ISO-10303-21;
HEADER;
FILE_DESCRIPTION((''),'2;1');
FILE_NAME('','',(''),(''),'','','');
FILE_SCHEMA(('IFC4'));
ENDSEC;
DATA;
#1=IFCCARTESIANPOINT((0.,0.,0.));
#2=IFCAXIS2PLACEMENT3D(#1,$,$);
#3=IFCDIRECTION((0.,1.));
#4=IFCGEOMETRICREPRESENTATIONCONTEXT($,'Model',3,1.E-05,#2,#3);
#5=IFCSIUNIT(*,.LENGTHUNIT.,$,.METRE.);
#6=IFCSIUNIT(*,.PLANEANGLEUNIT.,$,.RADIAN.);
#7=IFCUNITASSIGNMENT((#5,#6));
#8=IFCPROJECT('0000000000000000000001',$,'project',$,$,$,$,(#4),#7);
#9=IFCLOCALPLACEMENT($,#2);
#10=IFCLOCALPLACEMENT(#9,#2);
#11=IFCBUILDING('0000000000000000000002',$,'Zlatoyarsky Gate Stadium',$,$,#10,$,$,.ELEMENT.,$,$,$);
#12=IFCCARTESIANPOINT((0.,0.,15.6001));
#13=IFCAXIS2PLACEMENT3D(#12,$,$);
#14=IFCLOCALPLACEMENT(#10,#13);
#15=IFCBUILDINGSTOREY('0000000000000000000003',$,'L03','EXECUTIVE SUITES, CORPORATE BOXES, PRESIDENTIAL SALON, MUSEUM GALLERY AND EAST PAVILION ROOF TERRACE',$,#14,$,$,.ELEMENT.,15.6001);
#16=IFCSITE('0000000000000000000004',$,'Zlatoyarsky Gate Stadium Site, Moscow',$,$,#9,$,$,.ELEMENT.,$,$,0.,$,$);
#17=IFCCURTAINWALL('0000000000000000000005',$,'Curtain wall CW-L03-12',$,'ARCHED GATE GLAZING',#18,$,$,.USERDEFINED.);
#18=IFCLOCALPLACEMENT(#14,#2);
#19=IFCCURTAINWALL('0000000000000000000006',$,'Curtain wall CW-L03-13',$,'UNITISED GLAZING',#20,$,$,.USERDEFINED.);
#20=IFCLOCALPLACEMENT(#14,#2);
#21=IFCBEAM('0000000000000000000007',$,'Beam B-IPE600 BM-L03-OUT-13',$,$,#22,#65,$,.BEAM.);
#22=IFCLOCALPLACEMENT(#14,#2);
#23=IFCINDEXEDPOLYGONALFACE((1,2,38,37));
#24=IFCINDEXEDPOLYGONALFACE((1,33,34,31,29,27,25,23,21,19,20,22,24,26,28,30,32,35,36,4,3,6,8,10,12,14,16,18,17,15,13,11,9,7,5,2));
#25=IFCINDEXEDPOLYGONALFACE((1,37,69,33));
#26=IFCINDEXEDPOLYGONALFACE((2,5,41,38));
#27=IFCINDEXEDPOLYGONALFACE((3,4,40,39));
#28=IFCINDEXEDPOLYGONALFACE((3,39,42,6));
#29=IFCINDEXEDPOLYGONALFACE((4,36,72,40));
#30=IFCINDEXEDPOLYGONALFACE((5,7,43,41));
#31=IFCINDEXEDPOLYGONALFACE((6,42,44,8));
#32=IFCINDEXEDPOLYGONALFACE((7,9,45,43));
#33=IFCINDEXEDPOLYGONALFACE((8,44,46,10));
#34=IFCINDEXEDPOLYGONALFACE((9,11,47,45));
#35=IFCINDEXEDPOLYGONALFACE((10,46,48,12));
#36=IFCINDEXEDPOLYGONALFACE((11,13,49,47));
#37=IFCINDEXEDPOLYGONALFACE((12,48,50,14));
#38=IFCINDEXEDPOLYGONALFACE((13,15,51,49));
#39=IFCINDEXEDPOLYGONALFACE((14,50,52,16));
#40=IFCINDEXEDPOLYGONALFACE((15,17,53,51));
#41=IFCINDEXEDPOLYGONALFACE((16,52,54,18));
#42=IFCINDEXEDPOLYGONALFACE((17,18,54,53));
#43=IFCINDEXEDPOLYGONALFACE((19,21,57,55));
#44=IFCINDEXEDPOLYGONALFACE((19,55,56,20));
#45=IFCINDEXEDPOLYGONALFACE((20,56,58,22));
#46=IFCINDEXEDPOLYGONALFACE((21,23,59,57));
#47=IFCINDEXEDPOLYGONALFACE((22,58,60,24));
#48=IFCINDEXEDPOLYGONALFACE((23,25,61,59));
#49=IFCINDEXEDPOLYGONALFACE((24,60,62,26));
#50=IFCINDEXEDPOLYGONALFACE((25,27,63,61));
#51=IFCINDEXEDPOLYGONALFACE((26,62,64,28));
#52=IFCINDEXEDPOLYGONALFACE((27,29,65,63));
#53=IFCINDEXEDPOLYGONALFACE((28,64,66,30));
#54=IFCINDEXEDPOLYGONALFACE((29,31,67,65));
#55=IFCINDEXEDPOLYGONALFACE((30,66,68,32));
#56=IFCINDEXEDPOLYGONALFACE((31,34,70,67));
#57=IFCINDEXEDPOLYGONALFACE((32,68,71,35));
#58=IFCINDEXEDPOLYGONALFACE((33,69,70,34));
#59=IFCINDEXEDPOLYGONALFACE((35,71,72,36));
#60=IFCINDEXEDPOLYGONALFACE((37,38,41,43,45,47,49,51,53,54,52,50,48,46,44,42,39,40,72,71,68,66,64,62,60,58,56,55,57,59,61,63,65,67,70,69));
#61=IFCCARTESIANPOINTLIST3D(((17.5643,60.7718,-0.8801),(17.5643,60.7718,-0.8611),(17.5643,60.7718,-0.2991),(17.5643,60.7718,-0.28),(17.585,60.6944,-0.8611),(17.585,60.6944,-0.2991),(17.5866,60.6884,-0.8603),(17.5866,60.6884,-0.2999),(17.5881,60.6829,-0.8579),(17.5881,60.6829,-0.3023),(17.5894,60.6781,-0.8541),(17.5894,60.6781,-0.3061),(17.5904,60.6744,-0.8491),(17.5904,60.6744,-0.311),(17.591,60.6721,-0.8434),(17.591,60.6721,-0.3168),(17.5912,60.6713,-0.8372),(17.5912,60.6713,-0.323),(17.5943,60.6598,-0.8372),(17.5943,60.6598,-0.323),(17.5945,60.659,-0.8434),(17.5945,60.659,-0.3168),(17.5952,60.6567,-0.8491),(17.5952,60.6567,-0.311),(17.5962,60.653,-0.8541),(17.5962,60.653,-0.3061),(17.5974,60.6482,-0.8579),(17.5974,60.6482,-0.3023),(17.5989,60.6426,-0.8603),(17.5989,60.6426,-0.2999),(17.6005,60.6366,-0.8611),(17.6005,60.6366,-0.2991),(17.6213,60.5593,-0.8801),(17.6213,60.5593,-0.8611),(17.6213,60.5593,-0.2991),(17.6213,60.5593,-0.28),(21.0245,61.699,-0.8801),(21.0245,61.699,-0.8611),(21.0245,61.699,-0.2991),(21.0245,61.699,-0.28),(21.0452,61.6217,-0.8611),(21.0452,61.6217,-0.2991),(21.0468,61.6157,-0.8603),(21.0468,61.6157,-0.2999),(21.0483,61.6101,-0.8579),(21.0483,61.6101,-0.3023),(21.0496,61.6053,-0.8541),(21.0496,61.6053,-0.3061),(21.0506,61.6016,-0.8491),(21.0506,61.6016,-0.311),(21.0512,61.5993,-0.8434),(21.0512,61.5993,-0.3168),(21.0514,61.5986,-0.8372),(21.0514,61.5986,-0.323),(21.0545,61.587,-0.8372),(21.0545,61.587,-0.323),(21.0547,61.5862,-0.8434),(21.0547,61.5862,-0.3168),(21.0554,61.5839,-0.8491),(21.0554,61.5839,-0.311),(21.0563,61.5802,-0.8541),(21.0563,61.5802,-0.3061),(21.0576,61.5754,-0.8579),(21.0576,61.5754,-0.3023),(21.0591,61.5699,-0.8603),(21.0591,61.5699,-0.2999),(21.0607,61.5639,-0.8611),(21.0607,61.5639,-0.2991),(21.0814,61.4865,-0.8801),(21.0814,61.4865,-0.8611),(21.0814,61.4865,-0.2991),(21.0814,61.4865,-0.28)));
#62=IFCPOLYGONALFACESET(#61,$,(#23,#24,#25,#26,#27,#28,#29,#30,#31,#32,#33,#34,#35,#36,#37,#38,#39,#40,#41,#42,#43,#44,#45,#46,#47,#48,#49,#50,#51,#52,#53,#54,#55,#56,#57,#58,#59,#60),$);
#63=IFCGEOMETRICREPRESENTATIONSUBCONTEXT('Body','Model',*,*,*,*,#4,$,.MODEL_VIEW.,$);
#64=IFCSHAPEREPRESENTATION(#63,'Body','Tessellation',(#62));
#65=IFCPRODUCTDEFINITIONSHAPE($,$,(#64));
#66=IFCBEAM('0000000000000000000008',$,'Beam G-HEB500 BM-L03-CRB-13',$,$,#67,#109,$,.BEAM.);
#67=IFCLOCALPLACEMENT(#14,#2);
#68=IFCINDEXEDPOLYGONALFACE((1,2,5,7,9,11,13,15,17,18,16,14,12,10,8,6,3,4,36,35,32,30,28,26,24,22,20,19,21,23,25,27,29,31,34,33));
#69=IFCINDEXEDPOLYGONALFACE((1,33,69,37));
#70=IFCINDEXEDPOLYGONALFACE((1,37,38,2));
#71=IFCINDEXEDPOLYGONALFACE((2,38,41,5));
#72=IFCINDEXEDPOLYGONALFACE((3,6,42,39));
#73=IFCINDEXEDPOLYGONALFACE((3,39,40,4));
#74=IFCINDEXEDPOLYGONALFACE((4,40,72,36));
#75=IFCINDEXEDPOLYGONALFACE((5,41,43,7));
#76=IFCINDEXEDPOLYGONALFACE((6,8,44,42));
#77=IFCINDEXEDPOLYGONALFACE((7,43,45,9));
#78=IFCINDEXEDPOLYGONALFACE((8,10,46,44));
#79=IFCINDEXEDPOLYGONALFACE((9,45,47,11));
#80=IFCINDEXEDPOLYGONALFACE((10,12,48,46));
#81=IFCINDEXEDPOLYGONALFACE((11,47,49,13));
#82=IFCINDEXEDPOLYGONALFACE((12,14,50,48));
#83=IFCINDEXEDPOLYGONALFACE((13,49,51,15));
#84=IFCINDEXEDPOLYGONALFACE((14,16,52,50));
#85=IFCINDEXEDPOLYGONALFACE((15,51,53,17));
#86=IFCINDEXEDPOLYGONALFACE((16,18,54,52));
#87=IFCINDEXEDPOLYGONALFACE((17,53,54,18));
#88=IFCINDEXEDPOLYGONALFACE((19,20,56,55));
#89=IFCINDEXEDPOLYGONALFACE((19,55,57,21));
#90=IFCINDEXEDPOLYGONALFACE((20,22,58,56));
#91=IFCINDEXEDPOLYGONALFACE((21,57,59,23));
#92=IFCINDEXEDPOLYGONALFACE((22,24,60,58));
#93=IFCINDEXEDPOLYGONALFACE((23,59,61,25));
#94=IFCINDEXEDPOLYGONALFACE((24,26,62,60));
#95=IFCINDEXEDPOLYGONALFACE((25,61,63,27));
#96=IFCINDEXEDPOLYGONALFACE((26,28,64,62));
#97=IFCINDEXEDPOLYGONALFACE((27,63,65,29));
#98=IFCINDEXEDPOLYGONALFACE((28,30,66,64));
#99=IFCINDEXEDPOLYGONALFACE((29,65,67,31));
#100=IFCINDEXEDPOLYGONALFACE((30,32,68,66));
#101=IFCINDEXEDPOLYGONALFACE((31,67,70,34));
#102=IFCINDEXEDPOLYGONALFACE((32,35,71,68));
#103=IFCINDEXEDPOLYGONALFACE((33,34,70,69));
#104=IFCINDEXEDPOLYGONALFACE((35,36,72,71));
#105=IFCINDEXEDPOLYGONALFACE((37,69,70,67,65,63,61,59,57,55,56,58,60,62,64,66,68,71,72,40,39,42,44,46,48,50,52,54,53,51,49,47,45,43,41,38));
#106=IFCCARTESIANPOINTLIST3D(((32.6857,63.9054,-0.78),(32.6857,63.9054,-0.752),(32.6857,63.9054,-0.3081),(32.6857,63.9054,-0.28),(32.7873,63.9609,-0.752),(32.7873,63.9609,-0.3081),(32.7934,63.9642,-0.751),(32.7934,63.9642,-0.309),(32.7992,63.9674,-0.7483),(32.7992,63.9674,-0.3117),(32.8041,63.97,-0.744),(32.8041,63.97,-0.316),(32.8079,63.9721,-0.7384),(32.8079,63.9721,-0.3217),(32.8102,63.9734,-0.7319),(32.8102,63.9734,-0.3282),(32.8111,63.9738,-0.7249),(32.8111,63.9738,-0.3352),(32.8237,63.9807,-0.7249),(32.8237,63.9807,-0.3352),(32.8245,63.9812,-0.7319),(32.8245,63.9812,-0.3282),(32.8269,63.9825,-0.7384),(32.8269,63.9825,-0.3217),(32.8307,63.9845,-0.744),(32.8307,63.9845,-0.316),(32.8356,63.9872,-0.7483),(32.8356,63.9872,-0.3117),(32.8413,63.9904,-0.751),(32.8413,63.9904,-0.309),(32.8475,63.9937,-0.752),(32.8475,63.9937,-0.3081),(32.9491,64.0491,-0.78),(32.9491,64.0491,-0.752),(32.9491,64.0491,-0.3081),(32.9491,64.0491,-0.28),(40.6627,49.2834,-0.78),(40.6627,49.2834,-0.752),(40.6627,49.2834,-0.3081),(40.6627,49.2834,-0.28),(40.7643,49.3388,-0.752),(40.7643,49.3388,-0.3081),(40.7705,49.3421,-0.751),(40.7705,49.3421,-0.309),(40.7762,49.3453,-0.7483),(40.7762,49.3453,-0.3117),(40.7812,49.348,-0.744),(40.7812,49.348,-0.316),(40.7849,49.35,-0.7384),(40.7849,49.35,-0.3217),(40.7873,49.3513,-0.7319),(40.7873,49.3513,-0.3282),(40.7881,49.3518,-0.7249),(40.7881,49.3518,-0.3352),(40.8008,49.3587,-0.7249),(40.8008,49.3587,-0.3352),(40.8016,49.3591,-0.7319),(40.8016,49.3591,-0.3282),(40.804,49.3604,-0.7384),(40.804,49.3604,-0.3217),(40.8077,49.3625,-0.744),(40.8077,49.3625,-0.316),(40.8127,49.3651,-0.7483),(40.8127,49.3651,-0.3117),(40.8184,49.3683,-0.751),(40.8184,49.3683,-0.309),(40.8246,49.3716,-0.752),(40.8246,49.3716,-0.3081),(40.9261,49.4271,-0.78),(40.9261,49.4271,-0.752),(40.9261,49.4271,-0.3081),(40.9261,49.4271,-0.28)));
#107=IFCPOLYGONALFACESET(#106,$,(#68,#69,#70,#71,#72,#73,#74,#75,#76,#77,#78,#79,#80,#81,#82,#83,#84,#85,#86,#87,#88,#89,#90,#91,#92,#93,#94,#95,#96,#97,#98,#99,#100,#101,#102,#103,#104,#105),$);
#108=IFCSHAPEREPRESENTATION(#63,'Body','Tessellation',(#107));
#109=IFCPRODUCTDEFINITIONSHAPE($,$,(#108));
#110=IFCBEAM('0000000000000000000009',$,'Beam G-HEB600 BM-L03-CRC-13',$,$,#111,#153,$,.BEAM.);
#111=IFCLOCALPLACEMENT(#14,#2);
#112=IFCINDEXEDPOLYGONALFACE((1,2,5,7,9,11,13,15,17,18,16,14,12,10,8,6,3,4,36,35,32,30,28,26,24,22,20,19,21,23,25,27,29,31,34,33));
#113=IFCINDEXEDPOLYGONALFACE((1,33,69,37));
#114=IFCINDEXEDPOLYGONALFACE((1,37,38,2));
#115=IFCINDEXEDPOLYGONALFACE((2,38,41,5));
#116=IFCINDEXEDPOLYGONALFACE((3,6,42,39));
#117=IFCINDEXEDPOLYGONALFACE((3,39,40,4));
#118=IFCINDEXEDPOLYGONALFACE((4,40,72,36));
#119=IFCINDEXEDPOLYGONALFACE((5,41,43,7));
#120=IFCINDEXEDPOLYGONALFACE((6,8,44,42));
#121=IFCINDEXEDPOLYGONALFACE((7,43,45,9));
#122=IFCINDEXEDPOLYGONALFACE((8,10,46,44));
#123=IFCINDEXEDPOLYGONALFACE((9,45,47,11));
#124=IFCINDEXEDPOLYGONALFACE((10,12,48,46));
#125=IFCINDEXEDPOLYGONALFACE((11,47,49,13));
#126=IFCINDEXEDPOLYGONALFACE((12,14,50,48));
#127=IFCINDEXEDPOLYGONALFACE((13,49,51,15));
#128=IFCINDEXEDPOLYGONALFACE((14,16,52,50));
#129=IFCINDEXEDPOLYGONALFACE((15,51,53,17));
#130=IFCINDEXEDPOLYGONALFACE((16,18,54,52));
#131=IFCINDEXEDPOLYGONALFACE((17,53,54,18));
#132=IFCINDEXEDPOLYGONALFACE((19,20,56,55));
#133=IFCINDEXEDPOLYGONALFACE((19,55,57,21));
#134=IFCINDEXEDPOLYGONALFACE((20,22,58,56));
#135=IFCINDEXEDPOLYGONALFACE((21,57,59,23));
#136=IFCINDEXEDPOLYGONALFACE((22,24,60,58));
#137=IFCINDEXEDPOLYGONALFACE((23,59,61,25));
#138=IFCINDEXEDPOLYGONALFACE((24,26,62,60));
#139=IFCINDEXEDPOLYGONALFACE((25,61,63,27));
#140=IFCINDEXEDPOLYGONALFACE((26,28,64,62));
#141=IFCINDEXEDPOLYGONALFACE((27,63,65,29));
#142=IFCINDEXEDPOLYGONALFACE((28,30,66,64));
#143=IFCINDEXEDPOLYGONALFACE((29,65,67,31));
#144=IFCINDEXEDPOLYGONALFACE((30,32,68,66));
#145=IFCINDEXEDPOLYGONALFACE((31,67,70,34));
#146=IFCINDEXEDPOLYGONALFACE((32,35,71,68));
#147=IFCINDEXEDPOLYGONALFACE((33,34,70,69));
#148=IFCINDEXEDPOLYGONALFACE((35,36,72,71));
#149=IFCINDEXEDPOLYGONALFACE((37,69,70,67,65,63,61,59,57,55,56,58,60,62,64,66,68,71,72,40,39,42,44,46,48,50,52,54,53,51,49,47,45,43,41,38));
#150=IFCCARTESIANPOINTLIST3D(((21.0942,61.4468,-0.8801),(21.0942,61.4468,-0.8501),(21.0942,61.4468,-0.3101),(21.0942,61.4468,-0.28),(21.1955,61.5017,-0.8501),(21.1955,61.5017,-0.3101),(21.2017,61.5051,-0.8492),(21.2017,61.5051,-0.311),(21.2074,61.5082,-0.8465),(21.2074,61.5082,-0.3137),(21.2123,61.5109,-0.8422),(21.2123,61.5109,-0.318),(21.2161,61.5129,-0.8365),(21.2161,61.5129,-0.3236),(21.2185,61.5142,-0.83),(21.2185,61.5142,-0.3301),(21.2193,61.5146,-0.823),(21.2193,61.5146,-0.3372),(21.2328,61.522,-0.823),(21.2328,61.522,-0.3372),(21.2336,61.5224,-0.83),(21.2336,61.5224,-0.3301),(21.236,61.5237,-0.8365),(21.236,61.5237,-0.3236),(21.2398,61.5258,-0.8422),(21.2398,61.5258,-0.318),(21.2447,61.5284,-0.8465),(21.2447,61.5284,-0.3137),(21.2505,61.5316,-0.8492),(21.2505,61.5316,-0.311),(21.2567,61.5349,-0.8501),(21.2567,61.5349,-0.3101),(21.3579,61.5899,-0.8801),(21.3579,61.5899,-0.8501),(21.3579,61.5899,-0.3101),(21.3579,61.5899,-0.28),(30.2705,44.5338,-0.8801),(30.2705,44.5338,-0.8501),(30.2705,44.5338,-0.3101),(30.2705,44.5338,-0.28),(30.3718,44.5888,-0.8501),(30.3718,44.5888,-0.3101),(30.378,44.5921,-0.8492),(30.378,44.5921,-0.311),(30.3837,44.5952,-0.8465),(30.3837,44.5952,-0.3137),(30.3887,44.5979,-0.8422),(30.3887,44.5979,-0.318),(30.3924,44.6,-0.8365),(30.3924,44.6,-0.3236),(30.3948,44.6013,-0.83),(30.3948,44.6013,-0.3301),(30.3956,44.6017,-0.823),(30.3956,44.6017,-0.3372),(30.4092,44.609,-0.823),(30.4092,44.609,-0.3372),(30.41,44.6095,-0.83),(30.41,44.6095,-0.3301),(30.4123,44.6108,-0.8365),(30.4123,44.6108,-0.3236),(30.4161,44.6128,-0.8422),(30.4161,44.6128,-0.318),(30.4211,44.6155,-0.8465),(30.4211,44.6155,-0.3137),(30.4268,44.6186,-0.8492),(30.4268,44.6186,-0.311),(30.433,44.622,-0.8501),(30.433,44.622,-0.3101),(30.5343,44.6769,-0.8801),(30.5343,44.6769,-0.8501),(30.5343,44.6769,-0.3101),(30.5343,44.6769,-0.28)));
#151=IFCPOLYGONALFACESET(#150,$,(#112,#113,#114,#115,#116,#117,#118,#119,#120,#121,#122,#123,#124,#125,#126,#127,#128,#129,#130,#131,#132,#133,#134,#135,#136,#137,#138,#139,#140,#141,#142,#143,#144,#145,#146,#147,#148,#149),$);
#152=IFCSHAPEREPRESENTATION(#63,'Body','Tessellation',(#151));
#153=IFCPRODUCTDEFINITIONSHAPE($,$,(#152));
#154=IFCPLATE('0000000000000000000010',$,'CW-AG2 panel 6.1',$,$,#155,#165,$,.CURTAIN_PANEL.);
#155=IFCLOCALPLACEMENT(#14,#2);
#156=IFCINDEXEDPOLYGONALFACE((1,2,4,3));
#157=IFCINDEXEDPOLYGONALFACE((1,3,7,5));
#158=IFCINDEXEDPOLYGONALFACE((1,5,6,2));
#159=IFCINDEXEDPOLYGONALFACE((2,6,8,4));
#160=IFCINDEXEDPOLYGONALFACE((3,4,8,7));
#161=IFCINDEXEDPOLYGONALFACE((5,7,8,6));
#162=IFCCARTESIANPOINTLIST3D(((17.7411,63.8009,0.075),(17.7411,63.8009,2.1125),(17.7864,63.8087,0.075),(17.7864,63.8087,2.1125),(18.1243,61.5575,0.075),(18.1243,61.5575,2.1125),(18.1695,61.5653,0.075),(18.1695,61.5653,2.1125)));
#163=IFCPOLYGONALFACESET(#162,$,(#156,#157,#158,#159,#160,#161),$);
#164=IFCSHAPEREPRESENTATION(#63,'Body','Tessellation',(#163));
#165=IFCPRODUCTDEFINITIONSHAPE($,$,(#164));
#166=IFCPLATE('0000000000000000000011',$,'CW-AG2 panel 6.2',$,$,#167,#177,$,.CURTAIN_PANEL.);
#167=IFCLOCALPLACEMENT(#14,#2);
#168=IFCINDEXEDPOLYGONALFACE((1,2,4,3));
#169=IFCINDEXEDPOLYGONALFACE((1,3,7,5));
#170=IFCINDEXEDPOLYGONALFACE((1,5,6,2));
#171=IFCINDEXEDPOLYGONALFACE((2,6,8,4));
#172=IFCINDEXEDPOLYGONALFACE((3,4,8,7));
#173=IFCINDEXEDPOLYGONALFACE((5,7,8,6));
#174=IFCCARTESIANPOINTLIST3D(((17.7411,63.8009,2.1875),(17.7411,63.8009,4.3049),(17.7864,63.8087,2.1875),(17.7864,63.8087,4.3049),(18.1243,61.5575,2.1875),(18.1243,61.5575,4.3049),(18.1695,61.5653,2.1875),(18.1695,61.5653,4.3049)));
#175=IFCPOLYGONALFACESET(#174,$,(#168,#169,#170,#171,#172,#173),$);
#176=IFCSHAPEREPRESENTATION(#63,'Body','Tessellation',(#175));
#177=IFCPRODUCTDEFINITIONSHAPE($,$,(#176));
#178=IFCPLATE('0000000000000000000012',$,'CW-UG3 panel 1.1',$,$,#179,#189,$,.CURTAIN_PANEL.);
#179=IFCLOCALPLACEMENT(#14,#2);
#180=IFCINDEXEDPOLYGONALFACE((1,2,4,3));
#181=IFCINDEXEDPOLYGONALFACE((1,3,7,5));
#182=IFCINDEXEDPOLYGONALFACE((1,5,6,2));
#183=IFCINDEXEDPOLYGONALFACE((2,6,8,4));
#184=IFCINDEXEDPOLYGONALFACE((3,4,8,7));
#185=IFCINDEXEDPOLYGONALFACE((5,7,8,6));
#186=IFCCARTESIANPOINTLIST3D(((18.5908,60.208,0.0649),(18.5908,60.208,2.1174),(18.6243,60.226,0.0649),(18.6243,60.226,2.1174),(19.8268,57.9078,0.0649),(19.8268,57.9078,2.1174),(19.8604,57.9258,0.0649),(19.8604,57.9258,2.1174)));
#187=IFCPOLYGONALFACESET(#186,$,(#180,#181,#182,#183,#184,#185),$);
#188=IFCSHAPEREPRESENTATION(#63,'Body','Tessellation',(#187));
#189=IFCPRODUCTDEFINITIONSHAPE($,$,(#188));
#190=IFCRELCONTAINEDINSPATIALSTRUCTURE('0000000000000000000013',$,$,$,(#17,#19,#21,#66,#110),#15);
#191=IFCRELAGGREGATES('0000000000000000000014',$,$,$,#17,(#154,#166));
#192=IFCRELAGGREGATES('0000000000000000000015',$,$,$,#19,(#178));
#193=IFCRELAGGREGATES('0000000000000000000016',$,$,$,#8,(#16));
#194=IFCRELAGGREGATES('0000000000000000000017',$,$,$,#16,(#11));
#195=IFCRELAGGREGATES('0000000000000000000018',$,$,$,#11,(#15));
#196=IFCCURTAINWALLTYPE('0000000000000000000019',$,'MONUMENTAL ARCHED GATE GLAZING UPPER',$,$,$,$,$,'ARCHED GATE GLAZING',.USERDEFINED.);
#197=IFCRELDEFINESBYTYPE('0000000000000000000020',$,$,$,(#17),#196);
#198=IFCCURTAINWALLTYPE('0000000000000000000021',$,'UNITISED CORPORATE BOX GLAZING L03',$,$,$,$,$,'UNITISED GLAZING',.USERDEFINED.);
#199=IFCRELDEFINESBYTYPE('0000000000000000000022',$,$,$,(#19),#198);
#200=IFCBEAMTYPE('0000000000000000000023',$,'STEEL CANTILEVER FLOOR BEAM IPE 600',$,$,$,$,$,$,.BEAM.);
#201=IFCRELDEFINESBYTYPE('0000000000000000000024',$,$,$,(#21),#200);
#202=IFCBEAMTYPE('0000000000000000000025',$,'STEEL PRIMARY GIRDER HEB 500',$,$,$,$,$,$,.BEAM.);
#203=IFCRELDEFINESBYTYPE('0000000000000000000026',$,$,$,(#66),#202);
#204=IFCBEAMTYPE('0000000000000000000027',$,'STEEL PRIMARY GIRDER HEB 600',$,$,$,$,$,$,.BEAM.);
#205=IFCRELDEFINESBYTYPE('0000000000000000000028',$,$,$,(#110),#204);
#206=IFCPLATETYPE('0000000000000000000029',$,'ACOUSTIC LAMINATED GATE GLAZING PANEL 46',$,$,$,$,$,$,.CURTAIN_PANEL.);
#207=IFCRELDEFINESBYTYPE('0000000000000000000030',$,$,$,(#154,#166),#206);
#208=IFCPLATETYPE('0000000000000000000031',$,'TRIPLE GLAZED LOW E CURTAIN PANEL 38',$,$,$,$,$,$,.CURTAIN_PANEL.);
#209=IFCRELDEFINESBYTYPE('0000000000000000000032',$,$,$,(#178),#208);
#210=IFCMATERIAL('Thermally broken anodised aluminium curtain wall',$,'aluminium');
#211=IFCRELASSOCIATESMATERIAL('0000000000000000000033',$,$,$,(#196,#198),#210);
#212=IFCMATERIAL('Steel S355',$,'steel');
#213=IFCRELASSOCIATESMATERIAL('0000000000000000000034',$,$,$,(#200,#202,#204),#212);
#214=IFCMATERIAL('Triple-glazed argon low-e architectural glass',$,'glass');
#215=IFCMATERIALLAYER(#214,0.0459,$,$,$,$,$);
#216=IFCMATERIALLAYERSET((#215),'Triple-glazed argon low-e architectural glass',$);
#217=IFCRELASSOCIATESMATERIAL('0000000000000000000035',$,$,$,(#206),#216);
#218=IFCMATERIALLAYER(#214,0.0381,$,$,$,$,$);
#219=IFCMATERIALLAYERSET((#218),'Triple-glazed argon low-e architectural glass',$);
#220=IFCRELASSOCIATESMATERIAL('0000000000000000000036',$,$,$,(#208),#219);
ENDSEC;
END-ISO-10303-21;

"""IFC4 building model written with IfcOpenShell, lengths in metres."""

from ifc_helpers import new_model, si_unit, direction, frame, origin, origin_2d, place, context, subcontext, project, spatial, rectangle, i_section, extrude, material, layer, layer_set, material_profile, profile_set, type_object, element, aggregate, save


model = new_model("IFC4")

# Units and contexts
model_context = context("Model", 3, precision=1e-05, world=origin(), true_north=direction((0.0, 1.0)))
body_context = subcontext(model_context, "Body", "Model", "MODEL_VIEW")
ifc_project = project(units=[si_unit("LENGTHUNIT", "METRE"), si_unit("PLANEANGLEUNIT", "RADIAN")], contexts=[model_context])

# Site, building, storey
site_placement = place(None, origin())
site = spatial("IfcSite", under=ifc_project, at=site_placement, Name="Zlatoyarsky Gate Stadium Site, Moscow", CompositionType="ELEMENT", RefElevation=0.0)
building_placement = place(site_placement, origin())
building = spatial("IfcBuilding", under=site, at=building_placement, Name="Zlatoyarsky Gate Stadium", CompositionType="ELEMENT")
storey_placement = place(building_placement, frame((0.0, 0.0, 15.6001)))
storey = spatial("IfcBuildingStorey", under=building, at=storey_placement, Name="L03", Description="EXECUTIVE SUITES, CORPORATE BOXES, PRESIDENTIAL SALON, MUSEUM GALLERY AND EAST PAVILION ROOF TERRACE", CompositionType="ELEMENT", Elevation=15.6001)

# Shared definitions
ifc_material_1 = material(Name="Steel S355", Category="steel")

# Curtain wall
ifc_material_2 = material(Name="Thermally broken anodised aluminium curtain wall", Category="aluminium")
curtain_wall_type_1 = type_object("IfcCurtainWallType", Name="MONUMENTAL ARCHED GATE GLAZING UPPER", ElementType="ARCHED GATE GLAZING", PredefinedType="USERDEFINED", material=ifc_material_2)
curtain_wall_1_placement = place(storey_placement, origin())
curtain_wall_1 = element("IfcCurtainWall", 1, at=curtain_wall_1_placement, inside=storey, type_object=curtain_wall_type_1, Name="Curtain wall CW-L03-12", ObjectType="ARCHED GATE GLAZING", PredefinedType="USERDEFINED")

# Curtain wall
curtain_wall_type_2 = type_object("IfcCurtainWallType", Name="UNITISED CORPORATE BOX GLAZING L03", ElementType="UNITISED GLAZING", PredefinedType="USERDEFINED", material=ifc_material_2)
curtain_wall_2_placement = place(storey_placement, origin())
curtain_wall_2 = element("IfcCurtainWall", 2, at=curtain_wall_2_placement, inside=storey, type_object=curtain_wall_type_2, Name="Curtain wall CW-L03-13", ObjectType="UNITISED GLAZING", PredefinedType="USERDEFINED")

# Beams
ifc_material_profile_1 = material_profile(ifc_material_1, i_section(OverallWidth=0.22, OverallDepth=0.6001, WebThickness=0.012, FlangeThickness=0.019, FilletRadius=0.0239, at=origin_2d()), Name="IPE 600")
ifc_profile_set_1 = profile_set([ifc_material_profile_1], Name="Steel S355")
beam_type_1 = type_object("IfcBeamType", Name="STEEL CANTILEVER FLOOR BEAM IPE 600", PredefinedType="BEAM", material=ifc_profile_set_1)
beam_1_placement = place(storey_placement, frame((21.053, 61.5928, -0.5801), z_axis=(-0.96592, -0.258842, 0.0), x_axis=(0.258842, -0.96592, 0.0)))
element("IfcBeam", 3, at=beam_1_placement, inside=storey, type_object=beam_type_1, Name="Beam B-IPE600 BM-L03-OUT-13", PredefinedType="BEAM", context=body_context, shape_type="SweptSolid", body=[
    extrude(i_section(OverallWidth=0.22, OverallDepth=0.6001, WebThickness=0.012, FlangeThickness=0.019, FilletRadius=0.0239, at=origin_2d()), origin(), (0.0, 0.0, 1.0), 3.5823),
])
ifc_material_profile_2 = material_profile(ifc_material_1, i_section(OverallWidth=0.3, OverallDepth=0.5, WebThickness=0.0144, FlangeThickness=0.0281, FilletRadius=0.0271, at=origin_2d()), Name="HEB 500")
ifc_profile_set_2 = profile_set([ifc_material_profile_2], Name="Steel S355")
beam_type_2 = type_object("IfcBeamType", Name="STEEL PRIMARY GIRDER HEB 500", PredefinedType="BEAM", material=ifc_profile_set_2)
beam_2_placement = place(storey_placement, frame((32.8174, 63.9773, -0.53), z_axis=(0.478916, -0.877861, 0.0), x_axis=(0.877861, 0.478916, 0.0)))
element("IfcBeam", 4, at=beam_2_placement, inside=storey, type_object=beam_type_2, Name="Beam G-HEB500 BM-L03-CRB-13", PredefinedType="BEAM", context=body_context, shape_type="SweptSolid", body=[
    extrude(i_section(OverallWidth=0.3, OverallDepth=0.5, WebThickness=0.0144, FlangeThickness=0.0281, FilletRadius=0.0271, at=origin_2d()), origin(), (0.0, 0.0, 1.0), 16.6565),
])
ifc_material_profile_3 = material_profile(ifc_material_1, i_section(OverallWidth=0.3, OverallDepth=0.6001, WebThickness=0.0154, FlangeThickness=0.03, FilletRadius=0.0271, at=origin_2d()), Name="HEB 600")
ifc_profile_set_3 = profile_set([ifc_material_profile_3], Name="Steel S355")
beam_type_3 = type_object("IfcBeamType", Name="STEEL PRIMARY GIRDER HEB 600", PredefinedType="BEAM", material=ifc_profile_set_3)
beam_3_placement = place(storey_placement, frame((21.2261, 61.5183, -0.5801), z_axis=(0.476892, -0.878962, 0.0), x_axis=(0.878962, 0.476892, 0.0)))
element("IfcBeam", 5, at=beam_3_placement, inside=storey, type_object=beam_type_3, Name="Beam G-HEB600 BM-L03-CRC-13", PredefinedType="BEAM", context=body_context, shape_type="SweptSolid", body=[
    extrude(i_section(OverallWidth=0.3, OverallDepth=0.6001, WebThickness=0.0154, FlangeThickness=0.03, FilletRadius=0.0271, at=origin_2d()), origin(), (0.0, 0.0, 1.0), 19.2419),
])

# Plates
ifc_material_3 = material(Name="Triple-glazed argon low-e architectural glass", Category="glass")
ifc_layer_1 = layer(ifc_material_3, 0.0459)
ifc_layer_set_1 = layer_set([ifc_layer_1], Name="Triple-glazed argon low-e architectural glass")
plate_type_1 = type_object("IfcPlateType", Name="ACOUSTIC LAMINATED GATE GLAZING PANEL 46", PredefinedType="CURTAIN_PANEL", material=ifc_layer_set_1)
plate_1_placement = place(storey_placement, frame((17.9553, 62.6831, 0.075), z_axis=(0.0, 0.0, 1.0), x_axis=(0.168354, -0.985727, 0.0)))
plate_1 = element("IfcPlate", 6, at=plate_1_placement, type_object=plate_type_1, Name="CW-AG2 panel 6.1", PredefinedType="CURTAIN_PANEL", context=body_context, shape_type="SweptSolid", body=[
    extrude(rectangle(XDim=2.2759, YDim=0.0459, at=origin_2d()), origin(), (0.0, 0.0, 1.0), 2.0376),
])
plate_2_placement = place(storey_placement, frame((17.9553, 62.6831, 2.1875), z_axis=(0.0, 0.0, 1.0), x_axis=(0.168354, -0.985727, 0.0)))
plate_2 = element("IfcPlate", 7, at=plate_2_placement, type_object=plate_type_1, Name="CW-AG2 panel 6.2", PredefinedType="CURTAIN_PANEL", context=body_context, shape_type="SweptSolid", body=[
    extrude(rectangle(XDim=2.2759, YDim=0.0459, at=origin_2d()), origin(), (0.0, 0.0, 1.0), 2.1174),
])
aggregate(curtain_wall_1, [plate_1, plate_2])
ifc_layer_2 = layer(ifc_material_3, 0.0381)
ifc_layer_set_2 = layer_set([ifc_layer_2], Name="Triple-glazed argon low-e architectural glass")
plate_type_2 = type_object("IfcPlateType", Name="TRIPLE GLAZED LOW E CURTAIN PANEL 38", PredefinedType="CURTAIN_PANEL", material=ifc_layer_set_2)
plate_3_placement = place(storey_placement, frame((19.2256, 59.0669, 0.0649), z_axis=(0.0, 0.0, 1.0), x_axis=(0.473345, -0.880877, 0.0)))
plate_3 = element("IfcPlate", 8, at=plate_3_placement, type_object=plate_type_2, Name="CW-UG3 panel 1.1", PredefinedType="CURTAIN_PANEL", context=body_context, shape_type="SweptSolid", body=[
    extrude(rectangle(XDim=2.6113, YDim=0.0381, at=origin_2d()), origin(), (0.0, 0.0, 1.0), 2.0525),
])
aggregate(curtain_wall_2, [plate_3])

save(model, "model.ifc")
